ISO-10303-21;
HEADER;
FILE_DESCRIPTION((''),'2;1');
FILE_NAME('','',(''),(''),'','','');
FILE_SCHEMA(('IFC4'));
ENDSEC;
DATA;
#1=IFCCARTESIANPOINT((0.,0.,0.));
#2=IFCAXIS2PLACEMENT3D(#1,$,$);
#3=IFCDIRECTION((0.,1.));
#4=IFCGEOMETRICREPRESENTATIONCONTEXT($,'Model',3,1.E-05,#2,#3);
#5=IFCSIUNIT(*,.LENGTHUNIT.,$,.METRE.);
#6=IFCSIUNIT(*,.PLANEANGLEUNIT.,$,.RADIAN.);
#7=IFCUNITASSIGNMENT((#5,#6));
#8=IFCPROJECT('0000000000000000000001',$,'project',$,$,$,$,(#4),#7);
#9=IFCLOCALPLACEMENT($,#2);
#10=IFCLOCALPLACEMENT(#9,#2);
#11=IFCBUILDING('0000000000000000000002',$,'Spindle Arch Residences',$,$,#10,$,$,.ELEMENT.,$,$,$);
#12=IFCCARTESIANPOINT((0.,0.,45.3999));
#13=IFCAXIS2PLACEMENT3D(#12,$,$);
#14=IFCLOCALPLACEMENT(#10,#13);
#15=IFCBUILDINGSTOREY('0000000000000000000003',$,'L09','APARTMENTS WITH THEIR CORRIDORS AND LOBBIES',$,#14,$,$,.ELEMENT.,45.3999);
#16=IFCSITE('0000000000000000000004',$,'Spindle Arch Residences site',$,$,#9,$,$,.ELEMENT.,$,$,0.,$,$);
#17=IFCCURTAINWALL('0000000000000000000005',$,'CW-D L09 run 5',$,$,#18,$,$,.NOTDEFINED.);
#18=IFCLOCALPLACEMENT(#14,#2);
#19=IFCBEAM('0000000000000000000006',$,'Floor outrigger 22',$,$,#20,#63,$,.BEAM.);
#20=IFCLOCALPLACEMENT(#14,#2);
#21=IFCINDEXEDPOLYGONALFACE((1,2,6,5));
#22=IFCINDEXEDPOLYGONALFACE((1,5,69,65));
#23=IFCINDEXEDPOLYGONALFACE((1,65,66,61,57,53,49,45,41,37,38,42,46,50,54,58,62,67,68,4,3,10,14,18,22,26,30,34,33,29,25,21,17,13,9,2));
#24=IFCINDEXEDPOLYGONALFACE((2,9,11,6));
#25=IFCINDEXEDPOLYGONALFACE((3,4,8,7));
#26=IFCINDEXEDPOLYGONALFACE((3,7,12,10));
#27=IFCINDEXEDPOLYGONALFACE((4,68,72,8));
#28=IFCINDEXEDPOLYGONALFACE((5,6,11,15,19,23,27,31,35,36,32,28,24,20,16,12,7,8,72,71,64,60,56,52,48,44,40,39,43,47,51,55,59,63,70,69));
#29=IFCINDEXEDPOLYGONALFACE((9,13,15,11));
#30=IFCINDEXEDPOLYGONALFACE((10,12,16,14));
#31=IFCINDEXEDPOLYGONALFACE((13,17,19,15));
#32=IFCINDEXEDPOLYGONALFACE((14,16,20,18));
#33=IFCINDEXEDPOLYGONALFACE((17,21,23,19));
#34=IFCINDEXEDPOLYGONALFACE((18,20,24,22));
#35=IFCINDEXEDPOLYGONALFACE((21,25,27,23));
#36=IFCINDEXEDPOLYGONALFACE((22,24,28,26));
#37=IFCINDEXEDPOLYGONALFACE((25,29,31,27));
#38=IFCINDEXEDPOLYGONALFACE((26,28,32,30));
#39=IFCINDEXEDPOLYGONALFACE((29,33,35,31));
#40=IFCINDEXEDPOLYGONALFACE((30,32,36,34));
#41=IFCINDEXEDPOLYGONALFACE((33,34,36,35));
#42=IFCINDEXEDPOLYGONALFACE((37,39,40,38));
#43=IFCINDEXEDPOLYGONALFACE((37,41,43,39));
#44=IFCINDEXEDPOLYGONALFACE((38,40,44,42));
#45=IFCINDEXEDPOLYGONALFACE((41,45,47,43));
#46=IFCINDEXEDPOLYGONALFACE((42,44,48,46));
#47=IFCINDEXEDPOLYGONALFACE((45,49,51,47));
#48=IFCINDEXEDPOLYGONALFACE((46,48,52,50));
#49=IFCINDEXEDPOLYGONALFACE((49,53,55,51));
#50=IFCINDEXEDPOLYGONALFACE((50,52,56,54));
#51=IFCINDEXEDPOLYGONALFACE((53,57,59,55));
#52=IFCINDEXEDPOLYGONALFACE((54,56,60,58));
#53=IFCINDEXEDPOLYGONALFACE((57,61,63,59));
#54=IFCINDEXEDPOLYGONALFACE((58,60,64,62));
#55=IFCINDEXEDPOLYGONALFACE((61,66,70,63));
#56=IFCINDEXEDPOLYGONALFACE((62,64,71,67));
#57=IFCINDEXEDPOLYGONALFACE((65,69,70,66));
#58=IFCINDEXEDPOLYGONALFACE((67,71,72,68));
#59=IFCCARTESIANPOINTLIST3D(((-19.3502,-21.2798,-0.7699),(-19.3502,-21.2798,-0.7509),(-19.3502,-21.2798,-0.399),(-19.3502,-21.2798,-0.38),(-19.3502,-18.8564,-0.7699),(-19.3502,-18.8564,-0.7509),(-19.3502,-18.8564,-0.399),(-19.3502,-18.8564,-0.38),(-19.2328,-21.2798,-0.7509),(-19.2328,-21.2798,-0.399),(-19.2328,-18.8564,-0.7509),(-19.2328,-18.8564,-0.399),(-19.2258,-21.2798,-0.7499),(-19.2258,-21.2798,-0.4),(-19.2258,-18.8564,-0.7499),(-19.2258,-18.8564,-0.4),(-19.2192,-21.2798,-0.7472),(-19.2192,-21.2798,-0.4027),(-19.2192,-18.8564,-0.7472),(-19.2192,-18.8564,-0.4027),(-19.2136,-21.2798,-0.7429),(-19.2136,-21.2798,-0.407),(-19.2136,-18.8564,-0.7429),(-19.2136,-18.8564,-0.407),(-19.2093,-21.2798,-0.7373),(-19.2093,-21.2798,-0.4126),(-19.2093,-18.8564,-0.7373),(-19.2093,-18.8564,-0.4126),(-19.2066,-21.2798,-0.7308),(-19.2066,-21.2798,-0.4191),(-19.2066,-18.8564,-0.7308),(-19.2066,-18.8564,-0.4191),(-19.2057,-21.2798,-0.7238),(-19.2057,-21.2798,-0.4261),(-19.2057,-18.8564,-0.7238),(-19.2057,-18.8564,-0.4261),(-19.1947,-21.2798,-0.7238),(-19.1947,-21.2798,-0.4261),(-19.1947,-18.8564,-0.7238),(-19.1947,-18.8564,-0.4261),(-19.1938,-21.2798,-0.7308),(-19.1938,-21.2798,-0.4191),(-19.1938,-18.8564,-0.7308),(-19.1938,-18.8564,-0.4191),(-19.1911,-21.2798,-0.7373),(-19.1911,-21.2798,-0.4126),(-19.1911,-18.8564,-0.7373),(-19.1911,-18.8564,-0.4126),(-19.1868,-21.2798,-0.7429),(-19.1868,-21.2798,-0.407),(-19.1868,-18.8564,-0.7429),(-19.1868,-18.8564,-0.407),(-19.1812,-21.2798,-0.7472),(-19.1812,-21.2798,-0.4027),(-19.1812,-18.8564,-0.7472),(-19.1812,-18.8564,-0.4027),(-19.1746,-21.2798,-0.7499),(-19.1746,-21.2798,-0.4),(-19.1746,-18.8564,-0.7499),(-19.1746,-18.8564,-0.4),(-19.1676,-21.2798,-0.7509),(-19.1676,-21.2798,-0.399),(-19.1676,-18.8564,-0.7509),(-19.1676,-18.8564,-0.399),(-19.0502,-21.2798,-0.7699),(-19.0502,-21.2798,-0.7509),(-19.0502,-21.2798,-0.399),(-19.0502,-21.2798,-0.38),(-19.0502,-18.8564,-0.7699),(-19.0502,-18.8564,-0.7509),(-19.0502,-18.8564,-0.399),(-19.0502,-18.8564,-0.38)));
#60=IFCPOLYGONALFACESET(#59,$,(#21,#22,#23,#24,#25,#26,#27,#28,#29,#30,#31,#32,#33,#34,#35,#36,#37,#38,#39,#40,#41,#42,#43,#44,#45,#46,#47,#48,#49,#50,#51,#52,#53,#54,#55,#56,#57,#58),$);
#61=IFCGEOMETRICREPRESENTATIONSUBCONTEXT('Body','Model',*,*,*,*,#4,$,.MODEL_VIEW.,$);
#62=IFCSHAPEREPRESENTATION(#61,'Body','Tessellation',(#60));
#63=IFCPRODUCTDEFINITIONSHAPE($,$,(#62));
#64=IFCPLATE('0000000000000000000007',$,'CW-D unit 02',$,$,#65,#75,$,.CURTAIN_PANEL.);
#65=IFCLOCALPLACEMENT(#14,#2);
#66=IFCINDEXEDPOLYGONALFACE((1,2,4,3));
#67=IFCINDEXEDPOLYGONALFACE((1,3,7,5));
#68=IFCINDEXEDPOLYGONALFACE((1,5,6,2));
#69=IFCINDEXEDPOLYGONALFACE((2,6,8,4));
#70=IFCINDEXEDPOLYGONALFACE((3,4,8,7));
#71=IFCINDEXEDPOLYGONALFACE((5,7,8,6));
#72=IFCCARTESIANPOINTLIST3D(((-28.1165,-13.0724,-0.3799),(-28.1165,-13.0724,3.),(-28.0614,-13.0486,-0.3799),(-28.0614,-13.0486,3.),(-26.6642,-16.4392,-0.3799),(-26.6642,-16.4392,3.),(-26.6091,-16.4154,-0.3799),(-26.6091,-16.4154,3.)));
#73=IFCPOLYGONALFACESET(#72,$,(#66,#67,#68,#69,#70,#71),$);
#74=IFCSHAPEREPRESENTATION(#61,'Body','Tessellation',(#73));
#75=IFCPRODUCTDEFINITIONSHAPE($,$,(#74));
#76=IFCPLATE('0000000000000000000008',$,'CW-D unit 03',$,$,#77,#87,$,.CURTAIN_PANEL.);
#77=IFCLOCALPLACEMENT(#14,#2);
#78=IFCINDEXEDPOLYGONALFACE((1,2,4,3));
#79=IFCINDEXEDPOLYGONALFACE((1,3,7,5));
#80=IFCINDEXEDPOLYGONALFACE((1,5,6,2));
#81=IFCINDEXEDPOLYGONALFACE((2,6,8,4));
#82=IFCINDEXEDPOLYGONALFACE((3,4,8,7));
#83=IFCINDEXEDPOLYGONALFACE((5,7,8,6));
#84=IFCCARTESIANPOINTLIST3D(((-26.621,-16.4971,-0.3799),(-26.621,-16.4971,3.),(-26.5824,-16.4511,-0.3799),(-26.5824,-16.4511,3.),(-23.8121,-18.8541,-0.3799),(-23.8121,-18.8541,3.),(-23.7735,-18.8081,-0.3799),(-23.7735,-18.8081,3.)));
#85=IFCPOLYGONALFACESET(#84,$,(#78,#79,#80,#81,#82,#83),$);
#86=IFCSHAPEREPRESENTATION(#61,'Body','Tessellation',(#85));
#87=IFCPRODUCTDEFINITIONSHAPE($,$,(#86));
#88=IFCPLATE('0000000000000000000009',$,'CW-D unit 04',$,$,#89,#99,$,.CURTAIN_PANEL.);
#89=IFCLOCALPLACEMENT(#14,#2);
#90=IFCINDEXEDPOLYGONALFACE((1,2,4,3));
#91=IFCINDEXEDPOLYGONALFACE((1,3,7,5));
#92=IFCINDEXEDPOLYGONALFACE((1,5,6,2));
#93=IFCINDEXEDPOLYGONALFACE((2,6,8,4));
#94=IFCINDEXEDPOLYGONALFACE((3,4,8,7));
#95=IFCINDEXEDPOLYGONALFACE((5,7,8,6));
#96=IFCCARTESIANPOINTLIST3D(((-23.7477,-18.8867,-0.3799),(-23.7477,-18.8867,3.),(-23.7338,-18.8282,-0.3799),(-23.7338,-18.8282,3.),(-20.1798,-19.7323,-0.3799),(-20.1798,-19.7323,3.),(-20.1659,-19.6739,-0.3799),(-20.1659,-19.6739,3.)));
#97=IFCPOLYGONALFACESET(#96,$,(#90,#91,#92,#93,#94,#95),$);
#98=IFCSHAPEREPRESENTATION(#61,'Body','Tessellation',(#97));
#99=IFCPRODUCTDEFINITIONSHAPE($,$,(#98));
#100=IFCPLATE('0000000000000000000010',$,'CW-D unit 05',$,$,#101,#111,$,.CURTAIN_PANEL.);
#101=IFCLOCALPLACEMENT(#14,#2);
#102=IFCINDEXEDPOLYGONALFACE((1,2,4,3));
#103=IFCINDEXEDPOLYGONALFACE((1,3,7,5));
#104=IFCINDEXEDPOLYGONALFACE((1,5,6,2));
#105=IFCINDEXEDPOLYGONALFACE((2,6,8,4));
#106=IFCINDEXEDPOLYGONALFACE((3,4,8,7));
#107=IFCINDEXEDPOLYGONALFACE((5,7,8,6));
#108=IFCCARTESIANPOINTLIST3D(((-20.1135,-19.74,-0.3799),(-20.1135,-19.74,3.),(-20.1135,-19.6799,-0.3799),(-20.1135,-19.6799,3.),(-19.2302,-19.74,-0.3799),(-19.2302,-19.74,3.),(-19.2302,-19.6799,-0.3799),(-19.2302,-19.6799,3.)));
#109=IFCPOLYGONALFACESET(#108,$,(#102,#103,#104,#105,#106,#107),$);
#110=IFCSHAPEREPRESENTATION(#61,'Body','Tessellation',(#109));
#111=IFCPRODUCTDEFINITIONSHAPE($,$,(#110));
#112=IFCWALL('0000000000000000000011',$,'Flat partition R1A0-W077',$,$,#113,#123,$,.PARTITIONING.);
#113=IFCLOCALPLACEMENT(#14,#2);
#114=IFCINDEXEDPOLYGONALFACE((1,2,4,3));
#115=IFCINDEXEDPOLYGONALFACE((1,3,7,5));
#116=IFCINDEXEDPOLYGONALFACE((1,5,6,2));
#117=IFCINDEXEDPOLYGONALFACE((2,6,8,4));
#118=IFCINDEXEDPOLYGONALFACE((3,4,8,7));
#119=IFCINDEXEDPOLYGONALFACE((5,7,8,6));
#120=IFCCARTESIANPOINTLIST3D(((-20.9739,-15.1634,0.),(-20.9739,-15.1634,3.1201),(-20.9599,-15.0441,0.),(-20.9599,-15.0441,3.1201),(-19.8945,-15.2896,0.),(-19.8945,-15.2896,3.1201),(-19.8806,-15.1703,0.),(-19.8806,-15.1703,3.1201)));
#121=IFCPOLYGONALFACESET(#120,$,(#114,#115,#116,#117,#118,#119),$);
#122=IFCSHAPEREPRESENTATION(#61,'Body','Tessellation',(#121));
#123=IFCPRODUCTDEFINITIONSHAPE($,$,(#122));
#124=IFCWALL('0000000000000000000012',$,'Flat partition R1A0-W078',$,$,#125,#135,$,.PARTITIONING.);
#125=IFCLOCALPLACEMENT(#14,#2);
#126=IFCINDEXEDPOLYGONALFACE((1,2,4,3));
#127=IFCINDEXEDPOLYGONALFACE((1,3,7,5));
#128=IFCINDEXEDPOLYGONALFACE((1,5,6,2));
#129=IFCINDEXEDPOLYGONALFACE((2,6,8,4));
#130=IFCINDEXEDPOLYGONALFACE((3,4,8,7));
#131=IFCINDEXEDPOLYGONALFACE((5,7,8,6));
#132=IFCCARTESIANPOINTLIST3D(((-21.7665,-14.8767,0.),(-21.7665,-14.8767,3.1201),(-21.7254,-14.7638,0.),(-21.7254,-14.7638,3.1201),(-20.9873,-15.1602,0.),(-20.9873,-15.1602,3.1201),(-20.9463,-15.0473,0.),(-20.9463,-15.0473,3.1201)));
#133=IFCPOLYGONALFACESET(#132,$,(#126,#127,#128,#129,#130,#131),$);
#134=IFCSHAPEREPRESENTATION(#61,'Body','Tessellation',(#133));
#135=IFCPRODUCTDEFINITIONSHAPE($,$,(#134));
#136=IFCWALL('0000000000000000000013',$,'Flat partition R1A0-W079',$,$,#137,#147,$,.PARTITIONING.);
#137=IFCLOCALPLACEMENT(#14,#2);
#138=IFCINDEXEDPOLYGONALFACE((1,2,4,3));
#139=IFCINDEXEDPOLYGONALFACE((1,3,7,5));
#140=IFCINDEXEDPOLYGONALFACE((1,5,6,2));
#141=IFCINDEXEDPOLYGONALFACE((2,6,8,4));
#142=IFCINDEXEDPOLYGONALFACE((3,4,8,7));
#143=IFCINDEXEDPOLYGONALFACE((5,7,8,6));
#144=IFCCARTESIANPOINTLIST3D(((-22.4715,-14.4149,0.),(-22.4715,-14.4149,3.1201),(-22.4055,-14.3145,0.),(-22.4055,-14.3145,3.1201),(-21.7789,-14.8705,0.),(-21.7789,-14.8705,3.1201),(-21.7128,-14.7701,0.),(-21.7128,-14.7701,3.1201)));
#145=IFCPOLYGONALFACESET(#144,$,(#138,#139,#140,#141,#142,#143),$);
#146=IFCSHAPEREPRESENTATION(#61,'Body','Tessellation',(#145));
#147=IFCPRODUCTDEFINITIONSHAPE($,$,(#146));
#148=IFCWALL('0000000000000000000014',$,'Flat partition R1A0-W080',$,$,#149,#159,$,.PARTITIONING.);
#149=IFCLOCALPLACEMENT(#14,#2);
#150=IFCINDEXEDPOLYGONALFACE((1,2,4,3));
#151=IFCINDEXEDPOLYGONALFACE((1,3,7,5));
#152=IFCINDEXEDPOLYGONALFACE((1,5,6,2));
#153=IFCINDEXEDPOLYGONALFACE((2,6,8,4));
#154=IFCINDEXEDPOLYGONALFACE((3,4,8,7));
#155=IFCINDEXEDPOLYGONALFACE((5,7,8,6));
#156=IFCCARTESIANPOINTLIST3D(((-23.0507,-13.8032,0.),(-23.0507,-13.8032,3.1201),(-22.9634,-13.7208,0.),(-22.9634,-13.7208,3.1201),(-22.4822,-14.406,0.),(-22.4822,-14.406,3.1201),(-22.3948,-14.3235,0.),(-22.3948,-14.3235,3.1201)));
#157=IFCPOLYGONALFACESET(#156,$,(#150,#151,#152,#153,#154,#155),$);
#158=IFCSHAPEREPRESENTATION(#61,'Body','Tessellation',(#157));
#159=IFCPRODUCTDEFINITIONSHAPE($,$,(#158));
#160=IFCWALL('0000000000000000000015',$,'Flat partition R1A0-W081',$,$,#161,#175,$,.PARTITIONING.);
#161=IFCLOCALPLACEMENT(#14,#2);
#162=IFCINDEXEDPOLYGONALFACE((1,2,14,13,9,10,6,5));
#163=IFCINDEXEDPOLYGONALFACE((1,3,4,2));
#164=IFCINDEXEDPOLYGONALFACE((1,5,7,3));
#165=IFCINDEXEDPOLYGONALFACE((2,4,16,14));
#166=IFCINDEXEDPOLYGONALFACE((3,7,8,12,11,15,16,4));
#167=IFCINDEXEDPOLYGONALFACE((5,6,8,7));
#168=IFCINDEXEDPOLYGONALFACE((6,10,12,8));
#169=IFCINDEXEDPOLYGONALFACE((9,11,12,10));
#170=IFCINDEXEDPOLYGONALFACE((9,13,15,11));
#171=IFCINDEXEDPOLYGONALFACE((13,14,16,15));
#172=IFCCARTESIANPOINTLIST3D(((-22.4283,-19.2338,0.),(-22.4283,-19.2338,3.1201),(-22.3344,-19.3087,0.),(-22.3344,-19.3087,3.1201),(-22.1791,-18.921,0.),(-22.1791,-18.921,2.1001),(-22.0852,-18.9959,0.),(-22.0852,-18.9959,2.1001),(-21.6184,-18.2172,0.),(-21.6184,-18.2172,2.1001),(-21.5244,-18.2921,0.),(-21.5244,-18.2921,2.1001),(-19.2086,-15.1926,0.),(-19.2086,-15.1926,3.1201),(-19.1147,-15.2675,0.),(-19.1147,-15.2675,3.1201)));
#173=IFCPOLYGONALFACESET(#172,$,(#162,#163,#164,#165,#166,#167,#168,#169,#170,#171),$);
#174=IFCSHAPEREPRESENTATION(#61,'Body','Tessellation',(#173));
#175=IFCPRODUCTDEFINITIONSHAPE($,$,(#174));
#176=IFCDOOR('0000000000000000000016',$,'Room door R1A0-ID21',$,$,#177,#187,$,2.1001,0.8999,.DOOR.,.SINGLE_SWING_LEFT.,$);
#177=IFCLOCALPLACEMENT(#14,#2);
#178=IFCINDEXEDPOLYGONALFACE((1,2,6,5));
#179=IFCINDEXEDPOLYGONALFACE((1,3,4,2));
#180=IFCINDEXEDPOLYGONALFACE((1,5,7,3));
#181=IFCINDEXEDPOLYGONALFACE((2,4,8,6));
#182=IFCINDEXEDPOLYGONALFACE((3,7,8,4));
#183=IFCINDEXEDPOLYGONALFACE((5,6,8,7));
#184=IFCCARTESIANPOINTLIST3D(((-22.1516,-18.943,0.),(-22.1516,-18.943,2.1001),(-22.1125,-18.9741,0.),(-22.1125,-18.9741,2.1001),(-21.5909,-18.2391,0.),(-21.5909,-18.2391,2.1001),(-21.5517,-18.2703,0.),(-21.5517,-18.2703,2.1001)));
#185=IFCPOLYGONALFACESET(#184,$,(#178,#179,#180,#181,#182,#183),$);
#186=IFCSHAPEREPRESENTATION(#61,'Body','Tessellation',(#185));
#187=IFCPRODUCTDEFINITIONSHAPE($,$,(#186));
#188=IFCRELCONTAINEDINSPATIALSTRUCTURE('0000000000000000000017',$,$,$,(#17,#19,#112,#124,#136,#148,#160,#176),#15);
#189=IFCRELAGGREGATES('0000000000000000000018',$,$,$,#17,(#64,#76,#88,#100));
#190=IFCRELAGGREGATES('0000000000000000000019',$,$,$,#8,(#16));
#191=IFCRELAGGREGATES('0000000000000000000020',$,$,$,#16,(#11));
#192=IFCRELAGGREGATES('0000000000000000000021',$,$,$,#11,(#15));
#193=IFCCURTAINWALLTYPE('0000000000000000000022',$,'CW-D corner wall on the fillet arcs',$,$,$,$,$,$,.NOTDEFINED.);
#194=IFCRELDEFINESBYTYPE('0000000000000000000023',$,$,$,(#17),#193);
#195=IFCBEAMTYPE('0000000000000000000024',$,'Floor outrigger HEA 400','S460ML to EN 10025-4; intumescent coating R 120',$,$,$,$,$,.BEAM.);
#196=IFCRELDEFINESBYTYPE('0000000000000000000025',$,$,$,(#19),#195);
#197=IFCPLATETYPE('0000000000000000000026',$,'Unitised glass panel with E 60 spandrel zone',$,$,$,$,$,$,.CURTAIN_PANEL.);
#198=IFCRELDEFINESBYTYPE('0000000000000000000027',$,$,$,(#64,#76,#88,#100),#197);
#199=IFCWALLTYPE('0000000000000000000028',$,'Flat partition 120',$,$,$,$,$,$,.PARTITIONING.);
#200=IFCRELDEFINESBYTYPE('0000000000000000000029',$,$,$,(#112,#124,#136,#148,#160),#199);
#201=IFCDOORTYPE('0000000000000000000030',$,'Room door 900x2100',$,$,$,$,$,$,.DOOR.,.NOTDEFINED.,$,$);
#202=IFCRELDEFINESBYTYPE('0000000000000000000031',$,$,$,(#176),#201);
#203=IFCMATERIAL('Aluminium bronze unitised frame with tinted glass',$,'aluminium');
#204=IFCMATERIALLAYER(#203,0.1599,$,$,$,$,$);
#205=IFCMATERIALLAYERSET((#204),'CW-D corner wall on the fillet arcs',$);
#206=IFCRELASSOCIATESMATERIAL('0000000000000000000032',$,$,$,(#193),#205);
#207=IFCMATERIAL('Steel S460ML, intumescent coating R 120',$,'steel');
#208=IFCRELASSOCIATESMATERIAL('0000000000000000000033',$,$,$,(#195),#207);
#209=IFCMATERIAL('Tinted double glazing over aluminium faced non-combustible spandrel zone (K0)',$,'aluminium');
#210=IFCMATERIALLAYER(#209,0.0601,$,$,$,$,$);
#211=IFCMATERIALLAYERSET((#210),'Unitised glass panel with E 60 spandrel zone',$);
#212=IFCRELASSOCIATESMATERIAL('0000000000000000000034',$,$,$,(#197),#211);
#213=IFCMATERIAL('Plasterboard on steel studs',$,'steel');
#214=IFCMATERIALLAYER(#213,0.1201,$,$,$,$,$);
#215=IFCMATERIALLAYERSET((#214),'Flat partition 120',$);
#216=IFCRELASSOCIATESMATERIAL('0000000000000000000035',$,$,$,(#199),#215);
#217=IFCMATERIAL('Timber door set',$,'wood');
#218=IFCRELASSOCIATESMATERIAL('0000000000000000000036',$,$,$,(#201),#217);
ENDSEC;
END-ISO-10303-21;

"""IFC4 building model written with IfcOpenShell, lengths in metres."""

from ifc_helpers import new_model, si_unit, direction, frame, frame_2d, origin, origin_2d, place, context, subcontext, project, spatial, rectangle, i_section, extrude, material, layer, layer_set, material_profile, profile_set, type_object, element, fill, aggregate, save


model = new_model("IFC4")

# Units and contexts
model_context = context("Model", 3, precision=1e-05, world=origin(), true_north=direction((0.0, 1.0)))
body_context = subcontext(model_context, "Body", "Model", "MODEL_VIEW")
ifc_project = project(units=[si_unit("LENGTHUNIT", "METRE"), si_unit("PLANEANGLEUNIT", "RADIAN")], contexts=[model_context])

# Site, building, storey
site_placement = place(None, origin())
site = spatial("IfcSite", under=ifc_project, at=site_placement, Name="Spindle Arch Residences site", CompositionType="ELEMENT", RefElevation=0.0)
building_placement = place(site_placement, origin())
building = spatial("IfcBuilding", under=site, at=building_placement, Name="Spindle Arch Residences", CompositionType="ELEMENT")
storey_placement = place(building_placement, frame((0.0, 0.0, 45.3999)))
storey = spatial("IfcBuildingStorey", under=building, at=storey_placement, Name="L09", Description="APARTMENTS WITH THEIR CORRIDORS AND LOBBIES", CompositionType="ELEMENT", Elevation=45.3999)

# Curtain wall
ifc_material_1 = material(Name="Aluminium bronze unitised frame with tinted glass", Category="aluminium")
ifc_layer_1 = layer(ifc_material_1, 0.1599)
ifc_layer_set_1 = layer_set([ifc_layer_1], Name="CW-D corner wall on the fillet arcs")
curtain_wall_type_1 = type_object("IfcCurtainWallType", Name="CW-D corner wall on the fillet arcs", PredefinedType="NOTDEFINED", material=ifc_layer_set_1)
curtain_wall_1_placement = place(storey_placement, origin())
curtain_wall_1 = element("IfcCurtainWall", 1, at=curtain_wall_1_placement, inside=storey, type_object=curtain_wall_type_1, Name="CW-D L09 run 5", PredefinedType="NOTDEFINED")

# Beam
ifc_material_2 = material(Name="Steel S460ML, intumescent coating R 120", Category="steel")
ifc_material_profile_1 = material_profile(ifc_material_2, i_section(OverallWidth=0.3, OverallDepth=0.3899, WebThickness=0.011, FlangeThickness=0.019, FilletRadius=0.0271, at=origin_2d()), Name="HEA 400")
ifc_profile_set_1 = profile_set([ifc_material_profile_1], Name="Steel S460ML, intumescent coating R 120")
beam_type_1 = type_object("IfcBeamType", Name="Floor outrigger HEA 400", Description="S460ML to EN 10025-4; intumescent coating R 120", PredefinedType="BEAM", material=ifc_profile_set_1)
beam_1_placement = place(storey_placement, frame((-19.2002, -21.2798, -0.575), z_axis=(0.0, 1.0, 0.0), x_axis=(-1.0, 0.0, 0.0)))
element("IfcBeam", 2, at=beam_1_placement, inside=storey, type_object=beam_type_1, Name="Floor outrigger 22", PredefinedType="BEAM", context=body_context, shape_type="SweptSolid", body=[
    extrude(i_section(OverallWidth=0.3, OverallDepth=0.3899, WebThickness=0.011, FlangeThickness=0.019, FilletRadius=0.0271, at=origin_2d()), origin(), (0.0, 0.0, 1.0), 2.4233),
])

# Plates
ifc_material_3 = material(Name="Tinted double glazing over aluminium faced non-combustible spandrel zone (K0)", Category="aluminium")
ifc_layer_2 = layer(ifc_material_3, 0.0601)
ifc_layer_set_2 = layer_set([ifc_layer_2], Name="Unitised glass panel with E 60 spandrel zone")
plate_type = type_object("IfcPlateType", Name="Unitised glass panel with E 60 spandrel zone", PredefinedType="CURTAIN_PANEL", material=ifc_layer_set_2)
plate_1_placement = place(storey_placement, frame((-27.3628, -14.7439, -0.3799), z_axis=(0.0, 0.0, 1.0), x_axis=(0.39608, -0.918216, 0.0)))
plate_1 = element("IfcPlate", 3, at=plate_1_placement, type_object=plate_type, Name="CW-D unit 02", PredefinedType="CURTAIN_PANEL", context=body_context, shape_type="SweptSolid", body=[
    extrude(rectangle(XDim=3.6667, YDim=0.0601, at=origin_2d()), origin(), (0.0, 0.0, 1.0), 3.3799),
])
plate_2_placement = place(storey_placement, frame((-25.1973, -17.6526, -0.3799), z_axis=(0.0, 0.0, 1.0), x_axis=(0.766044, -0.642788, 0.0)))
plate_2 = element("IfcPlate", 4, at=plate_2_placement, type_object=plate_type, Name="CW-D unit 03", PredefinedType="CURTAIN_PANEL", context=body_context, shape_type="SweptSolid", body=[
    extrude(rectangle(XDim=3.6667, YDim=0.0601, at=origin_2d()), origin(), (0.0, 0.0, 1.0), 3.3799),
])
plate_3_placement = place(storey_placement, frame((-21.9568, -19.2803, -0.3799), z_axis=(0.0, 0.0, 1.0), x_axis=(0.973045, -0.230616, 0.0)))
plate_3 = element("IfcPlate", 5, at=plate_3_placement, type_object=plate_type, Name="CW-D unit 04", PredefinedType="CURTAIN_PANEL", context=body_context, shape_type="SweptSolid", body=[
    extrude(rectangle(XDim=3.6667, YDim=0.0601, at=origin_2d()), origin(), (0.0, 0.0, 1.0), 3.3799),
])
plate_4_placement = place(storey_placement, frame((-19.6719, -19.71, -0.3799), z_axis=(0.0, 0.0, 1.0), x_axis=(1.0, 0.0, 0.0)))
plate_4 = element("IfcPlate", 6, at=plate_4_placement, type_object=plate_type, Name="CW-D unit 05", PredefinedType="CURTAIN_PANEL", context=body_context, shape_type="SweptSolid", body=[
    extrude(rectangle(XDim=0.8833, YDim=0.0601, at=origin_2d()), origin(), (0.0, 0.0, 1.0), 3.3799),
])
aggregate(curtain_wall_1, [plate_1, plate_2, plate_3, plate_4])

# Walls
ifc_material_4 = material(Name="Plasterboard on steel studs", Category="steel")
ifc_layer_3 = layer(ifc_material_4, 0.1201)
ifc_layer_set_3 = layer_set([ifc_layer_3], Name="Flat partition 120")
wall_type_1 = type_object("IfcWallType", Name="Flat partition 120", PredefinedType="PARTITIONING", material=ifc_layer_set_3)
wall_1_placement = place(storey_placement, frame((-19.8875, -15.23, 0.0), z_axis=(0.0, 0.0, 1.0), x_axis=(-0.993232, 0.11615, 0.0)))
element("IfcWall", 7, at=wall_1_placement, inside=storey, type_object=wall_type_1, Name="Flat partition R1A0-W077", PredefinedType="PARTITIONING", context=body_context, shape_type="SweptSolid", body=[
    extrude(rectangle(XDim=1.0867, YDim=0.1201, at=frame_2d((0.5435, 0.0))), origin(), (0.0, 0.0, 1.0), 3.1201),
])
for number, where, z_axis, x_axis, name in (
    (8, (-20.9668, -15.1038, 0.0), (0.0, 0.0, 1.0), (-0.939733, 0.341909, 0.0), "Flat partition R1A0-W078"),
    (9, (-21.7458, -14.8203, 0.0), (0.0, 0.0, 1.0), (-0.835478, 0.549525, 0.0), "Flat partition R1A0-W079"),
):
    element("IfcWall", number, at=place(storey_placement, frame(where, z_axis=z_axis, x_axis=x_axis)), inside=storey, type_object=wall_type_1, Name=name, PredefinedType="PARTITIONING", context=body_context, shape_type="SweptSolid", body=[
        extrude(rectangle(XDim=0.8291, YDim=0.1201, at=frame_2d((0.4146, 0.0))), origin(), (0.0, 0.0, 1.0), 3.1201),
    ])
wall_2_placement = place(storey_placement, frame((-22.4385, -14.3647, 0.0), z_axis=(0.0, 0.0, 1.0), x_axis=(-0.686182, 0.72743, 0.0)))
element("IfcWall", 10, at=wall_2_placement, inside=storey, type_object=wall_type_1, Name="Flat partition R1A0-W080", PredefinedType="PARTITIONING", context=body_context, shape_type="SweptSolid", body=[
    extrude(rectangle(XDim=0.8286, YDim=0.1201, at=frame_2d((0.4143, 0.0))), origin(), (0.0, 0.0, 1.0), 3.1201),
])

# Wall, opening, door
wall_3_placement = place(storey_placement, frame((-22.3813, -19.2712, 0.0), z_axis=(0.0, 0.0, 1.0), x_axis=(0.623126, 0.782121, 0.0)))
wall_3 = element("IfcWall", 11, at=wall_3_placement, inside=storey, type_object=wall_type_1, Name="Flat partition R1A0-W081", PredefinedType="PARTITIONING", context=body_context, shape_type="SweptSolid", body=[
    extrude(rectangle(XDim=5.167, YDim=0.1201, at=frame_2d((2.5835, 0.0))), origin(), (0.0, 0.0, 1.0), 3.1201),
])
opening_placement = place(wall_3_placement, frame((0.3999, 0.0, 0.0)))
opening = element("IfcOpeningElement", 12, at=opening_placement, cuts=wall_3, PredefinedType="OPENING", context=body_context, shape_type="SweptSolid", body=[
    extrude(rectangle(XDim=0.8999, YDim=2.1001, at=frame_2d((0.45, 1.05))), frame((0.0, 0.0701, 0.0), z_axis=(0.0, -1.0, 0.0), x_axis=(1.0, 0.0, 0.0)), (0.0, 0.0, 1.0), 0.1401),
])
ifc_material_5 = material(Name="Timber door set", Category="wood")
door_type = type_object("IfcDoorType", Name="Room door 900x2100", OperationType="NOTDEFINED", PredefinedType="DOOR", material=ifc_material_5)
door_placement = place(opening_placement, origin())
door = element("IfcDoor", 13, at=door_placement, inside=storey, type_object=door_type, Name="Room door R1A0-ID21", OperationType="SINGLE_SWING_LEFT", OverallHeight=2.1001, OverallWidth=0.8999, PredefinedType="DOOR", context=body_context, shape_type="SweptSolid", body=[
    extrude(rectangle(XDim=0.8999, YDim=2.1001, at=frame_2d((0.45, 1.05))), frame((0.0, 0.0249, 0.0), z_axis=(0.0, -1.0, 0.0), x_axis=(1.0, 0.0, 0.0)), (0.0, 0.0, 1.0), 0.05),
])
fill(opening, door)

save(model, "model.ifc")
